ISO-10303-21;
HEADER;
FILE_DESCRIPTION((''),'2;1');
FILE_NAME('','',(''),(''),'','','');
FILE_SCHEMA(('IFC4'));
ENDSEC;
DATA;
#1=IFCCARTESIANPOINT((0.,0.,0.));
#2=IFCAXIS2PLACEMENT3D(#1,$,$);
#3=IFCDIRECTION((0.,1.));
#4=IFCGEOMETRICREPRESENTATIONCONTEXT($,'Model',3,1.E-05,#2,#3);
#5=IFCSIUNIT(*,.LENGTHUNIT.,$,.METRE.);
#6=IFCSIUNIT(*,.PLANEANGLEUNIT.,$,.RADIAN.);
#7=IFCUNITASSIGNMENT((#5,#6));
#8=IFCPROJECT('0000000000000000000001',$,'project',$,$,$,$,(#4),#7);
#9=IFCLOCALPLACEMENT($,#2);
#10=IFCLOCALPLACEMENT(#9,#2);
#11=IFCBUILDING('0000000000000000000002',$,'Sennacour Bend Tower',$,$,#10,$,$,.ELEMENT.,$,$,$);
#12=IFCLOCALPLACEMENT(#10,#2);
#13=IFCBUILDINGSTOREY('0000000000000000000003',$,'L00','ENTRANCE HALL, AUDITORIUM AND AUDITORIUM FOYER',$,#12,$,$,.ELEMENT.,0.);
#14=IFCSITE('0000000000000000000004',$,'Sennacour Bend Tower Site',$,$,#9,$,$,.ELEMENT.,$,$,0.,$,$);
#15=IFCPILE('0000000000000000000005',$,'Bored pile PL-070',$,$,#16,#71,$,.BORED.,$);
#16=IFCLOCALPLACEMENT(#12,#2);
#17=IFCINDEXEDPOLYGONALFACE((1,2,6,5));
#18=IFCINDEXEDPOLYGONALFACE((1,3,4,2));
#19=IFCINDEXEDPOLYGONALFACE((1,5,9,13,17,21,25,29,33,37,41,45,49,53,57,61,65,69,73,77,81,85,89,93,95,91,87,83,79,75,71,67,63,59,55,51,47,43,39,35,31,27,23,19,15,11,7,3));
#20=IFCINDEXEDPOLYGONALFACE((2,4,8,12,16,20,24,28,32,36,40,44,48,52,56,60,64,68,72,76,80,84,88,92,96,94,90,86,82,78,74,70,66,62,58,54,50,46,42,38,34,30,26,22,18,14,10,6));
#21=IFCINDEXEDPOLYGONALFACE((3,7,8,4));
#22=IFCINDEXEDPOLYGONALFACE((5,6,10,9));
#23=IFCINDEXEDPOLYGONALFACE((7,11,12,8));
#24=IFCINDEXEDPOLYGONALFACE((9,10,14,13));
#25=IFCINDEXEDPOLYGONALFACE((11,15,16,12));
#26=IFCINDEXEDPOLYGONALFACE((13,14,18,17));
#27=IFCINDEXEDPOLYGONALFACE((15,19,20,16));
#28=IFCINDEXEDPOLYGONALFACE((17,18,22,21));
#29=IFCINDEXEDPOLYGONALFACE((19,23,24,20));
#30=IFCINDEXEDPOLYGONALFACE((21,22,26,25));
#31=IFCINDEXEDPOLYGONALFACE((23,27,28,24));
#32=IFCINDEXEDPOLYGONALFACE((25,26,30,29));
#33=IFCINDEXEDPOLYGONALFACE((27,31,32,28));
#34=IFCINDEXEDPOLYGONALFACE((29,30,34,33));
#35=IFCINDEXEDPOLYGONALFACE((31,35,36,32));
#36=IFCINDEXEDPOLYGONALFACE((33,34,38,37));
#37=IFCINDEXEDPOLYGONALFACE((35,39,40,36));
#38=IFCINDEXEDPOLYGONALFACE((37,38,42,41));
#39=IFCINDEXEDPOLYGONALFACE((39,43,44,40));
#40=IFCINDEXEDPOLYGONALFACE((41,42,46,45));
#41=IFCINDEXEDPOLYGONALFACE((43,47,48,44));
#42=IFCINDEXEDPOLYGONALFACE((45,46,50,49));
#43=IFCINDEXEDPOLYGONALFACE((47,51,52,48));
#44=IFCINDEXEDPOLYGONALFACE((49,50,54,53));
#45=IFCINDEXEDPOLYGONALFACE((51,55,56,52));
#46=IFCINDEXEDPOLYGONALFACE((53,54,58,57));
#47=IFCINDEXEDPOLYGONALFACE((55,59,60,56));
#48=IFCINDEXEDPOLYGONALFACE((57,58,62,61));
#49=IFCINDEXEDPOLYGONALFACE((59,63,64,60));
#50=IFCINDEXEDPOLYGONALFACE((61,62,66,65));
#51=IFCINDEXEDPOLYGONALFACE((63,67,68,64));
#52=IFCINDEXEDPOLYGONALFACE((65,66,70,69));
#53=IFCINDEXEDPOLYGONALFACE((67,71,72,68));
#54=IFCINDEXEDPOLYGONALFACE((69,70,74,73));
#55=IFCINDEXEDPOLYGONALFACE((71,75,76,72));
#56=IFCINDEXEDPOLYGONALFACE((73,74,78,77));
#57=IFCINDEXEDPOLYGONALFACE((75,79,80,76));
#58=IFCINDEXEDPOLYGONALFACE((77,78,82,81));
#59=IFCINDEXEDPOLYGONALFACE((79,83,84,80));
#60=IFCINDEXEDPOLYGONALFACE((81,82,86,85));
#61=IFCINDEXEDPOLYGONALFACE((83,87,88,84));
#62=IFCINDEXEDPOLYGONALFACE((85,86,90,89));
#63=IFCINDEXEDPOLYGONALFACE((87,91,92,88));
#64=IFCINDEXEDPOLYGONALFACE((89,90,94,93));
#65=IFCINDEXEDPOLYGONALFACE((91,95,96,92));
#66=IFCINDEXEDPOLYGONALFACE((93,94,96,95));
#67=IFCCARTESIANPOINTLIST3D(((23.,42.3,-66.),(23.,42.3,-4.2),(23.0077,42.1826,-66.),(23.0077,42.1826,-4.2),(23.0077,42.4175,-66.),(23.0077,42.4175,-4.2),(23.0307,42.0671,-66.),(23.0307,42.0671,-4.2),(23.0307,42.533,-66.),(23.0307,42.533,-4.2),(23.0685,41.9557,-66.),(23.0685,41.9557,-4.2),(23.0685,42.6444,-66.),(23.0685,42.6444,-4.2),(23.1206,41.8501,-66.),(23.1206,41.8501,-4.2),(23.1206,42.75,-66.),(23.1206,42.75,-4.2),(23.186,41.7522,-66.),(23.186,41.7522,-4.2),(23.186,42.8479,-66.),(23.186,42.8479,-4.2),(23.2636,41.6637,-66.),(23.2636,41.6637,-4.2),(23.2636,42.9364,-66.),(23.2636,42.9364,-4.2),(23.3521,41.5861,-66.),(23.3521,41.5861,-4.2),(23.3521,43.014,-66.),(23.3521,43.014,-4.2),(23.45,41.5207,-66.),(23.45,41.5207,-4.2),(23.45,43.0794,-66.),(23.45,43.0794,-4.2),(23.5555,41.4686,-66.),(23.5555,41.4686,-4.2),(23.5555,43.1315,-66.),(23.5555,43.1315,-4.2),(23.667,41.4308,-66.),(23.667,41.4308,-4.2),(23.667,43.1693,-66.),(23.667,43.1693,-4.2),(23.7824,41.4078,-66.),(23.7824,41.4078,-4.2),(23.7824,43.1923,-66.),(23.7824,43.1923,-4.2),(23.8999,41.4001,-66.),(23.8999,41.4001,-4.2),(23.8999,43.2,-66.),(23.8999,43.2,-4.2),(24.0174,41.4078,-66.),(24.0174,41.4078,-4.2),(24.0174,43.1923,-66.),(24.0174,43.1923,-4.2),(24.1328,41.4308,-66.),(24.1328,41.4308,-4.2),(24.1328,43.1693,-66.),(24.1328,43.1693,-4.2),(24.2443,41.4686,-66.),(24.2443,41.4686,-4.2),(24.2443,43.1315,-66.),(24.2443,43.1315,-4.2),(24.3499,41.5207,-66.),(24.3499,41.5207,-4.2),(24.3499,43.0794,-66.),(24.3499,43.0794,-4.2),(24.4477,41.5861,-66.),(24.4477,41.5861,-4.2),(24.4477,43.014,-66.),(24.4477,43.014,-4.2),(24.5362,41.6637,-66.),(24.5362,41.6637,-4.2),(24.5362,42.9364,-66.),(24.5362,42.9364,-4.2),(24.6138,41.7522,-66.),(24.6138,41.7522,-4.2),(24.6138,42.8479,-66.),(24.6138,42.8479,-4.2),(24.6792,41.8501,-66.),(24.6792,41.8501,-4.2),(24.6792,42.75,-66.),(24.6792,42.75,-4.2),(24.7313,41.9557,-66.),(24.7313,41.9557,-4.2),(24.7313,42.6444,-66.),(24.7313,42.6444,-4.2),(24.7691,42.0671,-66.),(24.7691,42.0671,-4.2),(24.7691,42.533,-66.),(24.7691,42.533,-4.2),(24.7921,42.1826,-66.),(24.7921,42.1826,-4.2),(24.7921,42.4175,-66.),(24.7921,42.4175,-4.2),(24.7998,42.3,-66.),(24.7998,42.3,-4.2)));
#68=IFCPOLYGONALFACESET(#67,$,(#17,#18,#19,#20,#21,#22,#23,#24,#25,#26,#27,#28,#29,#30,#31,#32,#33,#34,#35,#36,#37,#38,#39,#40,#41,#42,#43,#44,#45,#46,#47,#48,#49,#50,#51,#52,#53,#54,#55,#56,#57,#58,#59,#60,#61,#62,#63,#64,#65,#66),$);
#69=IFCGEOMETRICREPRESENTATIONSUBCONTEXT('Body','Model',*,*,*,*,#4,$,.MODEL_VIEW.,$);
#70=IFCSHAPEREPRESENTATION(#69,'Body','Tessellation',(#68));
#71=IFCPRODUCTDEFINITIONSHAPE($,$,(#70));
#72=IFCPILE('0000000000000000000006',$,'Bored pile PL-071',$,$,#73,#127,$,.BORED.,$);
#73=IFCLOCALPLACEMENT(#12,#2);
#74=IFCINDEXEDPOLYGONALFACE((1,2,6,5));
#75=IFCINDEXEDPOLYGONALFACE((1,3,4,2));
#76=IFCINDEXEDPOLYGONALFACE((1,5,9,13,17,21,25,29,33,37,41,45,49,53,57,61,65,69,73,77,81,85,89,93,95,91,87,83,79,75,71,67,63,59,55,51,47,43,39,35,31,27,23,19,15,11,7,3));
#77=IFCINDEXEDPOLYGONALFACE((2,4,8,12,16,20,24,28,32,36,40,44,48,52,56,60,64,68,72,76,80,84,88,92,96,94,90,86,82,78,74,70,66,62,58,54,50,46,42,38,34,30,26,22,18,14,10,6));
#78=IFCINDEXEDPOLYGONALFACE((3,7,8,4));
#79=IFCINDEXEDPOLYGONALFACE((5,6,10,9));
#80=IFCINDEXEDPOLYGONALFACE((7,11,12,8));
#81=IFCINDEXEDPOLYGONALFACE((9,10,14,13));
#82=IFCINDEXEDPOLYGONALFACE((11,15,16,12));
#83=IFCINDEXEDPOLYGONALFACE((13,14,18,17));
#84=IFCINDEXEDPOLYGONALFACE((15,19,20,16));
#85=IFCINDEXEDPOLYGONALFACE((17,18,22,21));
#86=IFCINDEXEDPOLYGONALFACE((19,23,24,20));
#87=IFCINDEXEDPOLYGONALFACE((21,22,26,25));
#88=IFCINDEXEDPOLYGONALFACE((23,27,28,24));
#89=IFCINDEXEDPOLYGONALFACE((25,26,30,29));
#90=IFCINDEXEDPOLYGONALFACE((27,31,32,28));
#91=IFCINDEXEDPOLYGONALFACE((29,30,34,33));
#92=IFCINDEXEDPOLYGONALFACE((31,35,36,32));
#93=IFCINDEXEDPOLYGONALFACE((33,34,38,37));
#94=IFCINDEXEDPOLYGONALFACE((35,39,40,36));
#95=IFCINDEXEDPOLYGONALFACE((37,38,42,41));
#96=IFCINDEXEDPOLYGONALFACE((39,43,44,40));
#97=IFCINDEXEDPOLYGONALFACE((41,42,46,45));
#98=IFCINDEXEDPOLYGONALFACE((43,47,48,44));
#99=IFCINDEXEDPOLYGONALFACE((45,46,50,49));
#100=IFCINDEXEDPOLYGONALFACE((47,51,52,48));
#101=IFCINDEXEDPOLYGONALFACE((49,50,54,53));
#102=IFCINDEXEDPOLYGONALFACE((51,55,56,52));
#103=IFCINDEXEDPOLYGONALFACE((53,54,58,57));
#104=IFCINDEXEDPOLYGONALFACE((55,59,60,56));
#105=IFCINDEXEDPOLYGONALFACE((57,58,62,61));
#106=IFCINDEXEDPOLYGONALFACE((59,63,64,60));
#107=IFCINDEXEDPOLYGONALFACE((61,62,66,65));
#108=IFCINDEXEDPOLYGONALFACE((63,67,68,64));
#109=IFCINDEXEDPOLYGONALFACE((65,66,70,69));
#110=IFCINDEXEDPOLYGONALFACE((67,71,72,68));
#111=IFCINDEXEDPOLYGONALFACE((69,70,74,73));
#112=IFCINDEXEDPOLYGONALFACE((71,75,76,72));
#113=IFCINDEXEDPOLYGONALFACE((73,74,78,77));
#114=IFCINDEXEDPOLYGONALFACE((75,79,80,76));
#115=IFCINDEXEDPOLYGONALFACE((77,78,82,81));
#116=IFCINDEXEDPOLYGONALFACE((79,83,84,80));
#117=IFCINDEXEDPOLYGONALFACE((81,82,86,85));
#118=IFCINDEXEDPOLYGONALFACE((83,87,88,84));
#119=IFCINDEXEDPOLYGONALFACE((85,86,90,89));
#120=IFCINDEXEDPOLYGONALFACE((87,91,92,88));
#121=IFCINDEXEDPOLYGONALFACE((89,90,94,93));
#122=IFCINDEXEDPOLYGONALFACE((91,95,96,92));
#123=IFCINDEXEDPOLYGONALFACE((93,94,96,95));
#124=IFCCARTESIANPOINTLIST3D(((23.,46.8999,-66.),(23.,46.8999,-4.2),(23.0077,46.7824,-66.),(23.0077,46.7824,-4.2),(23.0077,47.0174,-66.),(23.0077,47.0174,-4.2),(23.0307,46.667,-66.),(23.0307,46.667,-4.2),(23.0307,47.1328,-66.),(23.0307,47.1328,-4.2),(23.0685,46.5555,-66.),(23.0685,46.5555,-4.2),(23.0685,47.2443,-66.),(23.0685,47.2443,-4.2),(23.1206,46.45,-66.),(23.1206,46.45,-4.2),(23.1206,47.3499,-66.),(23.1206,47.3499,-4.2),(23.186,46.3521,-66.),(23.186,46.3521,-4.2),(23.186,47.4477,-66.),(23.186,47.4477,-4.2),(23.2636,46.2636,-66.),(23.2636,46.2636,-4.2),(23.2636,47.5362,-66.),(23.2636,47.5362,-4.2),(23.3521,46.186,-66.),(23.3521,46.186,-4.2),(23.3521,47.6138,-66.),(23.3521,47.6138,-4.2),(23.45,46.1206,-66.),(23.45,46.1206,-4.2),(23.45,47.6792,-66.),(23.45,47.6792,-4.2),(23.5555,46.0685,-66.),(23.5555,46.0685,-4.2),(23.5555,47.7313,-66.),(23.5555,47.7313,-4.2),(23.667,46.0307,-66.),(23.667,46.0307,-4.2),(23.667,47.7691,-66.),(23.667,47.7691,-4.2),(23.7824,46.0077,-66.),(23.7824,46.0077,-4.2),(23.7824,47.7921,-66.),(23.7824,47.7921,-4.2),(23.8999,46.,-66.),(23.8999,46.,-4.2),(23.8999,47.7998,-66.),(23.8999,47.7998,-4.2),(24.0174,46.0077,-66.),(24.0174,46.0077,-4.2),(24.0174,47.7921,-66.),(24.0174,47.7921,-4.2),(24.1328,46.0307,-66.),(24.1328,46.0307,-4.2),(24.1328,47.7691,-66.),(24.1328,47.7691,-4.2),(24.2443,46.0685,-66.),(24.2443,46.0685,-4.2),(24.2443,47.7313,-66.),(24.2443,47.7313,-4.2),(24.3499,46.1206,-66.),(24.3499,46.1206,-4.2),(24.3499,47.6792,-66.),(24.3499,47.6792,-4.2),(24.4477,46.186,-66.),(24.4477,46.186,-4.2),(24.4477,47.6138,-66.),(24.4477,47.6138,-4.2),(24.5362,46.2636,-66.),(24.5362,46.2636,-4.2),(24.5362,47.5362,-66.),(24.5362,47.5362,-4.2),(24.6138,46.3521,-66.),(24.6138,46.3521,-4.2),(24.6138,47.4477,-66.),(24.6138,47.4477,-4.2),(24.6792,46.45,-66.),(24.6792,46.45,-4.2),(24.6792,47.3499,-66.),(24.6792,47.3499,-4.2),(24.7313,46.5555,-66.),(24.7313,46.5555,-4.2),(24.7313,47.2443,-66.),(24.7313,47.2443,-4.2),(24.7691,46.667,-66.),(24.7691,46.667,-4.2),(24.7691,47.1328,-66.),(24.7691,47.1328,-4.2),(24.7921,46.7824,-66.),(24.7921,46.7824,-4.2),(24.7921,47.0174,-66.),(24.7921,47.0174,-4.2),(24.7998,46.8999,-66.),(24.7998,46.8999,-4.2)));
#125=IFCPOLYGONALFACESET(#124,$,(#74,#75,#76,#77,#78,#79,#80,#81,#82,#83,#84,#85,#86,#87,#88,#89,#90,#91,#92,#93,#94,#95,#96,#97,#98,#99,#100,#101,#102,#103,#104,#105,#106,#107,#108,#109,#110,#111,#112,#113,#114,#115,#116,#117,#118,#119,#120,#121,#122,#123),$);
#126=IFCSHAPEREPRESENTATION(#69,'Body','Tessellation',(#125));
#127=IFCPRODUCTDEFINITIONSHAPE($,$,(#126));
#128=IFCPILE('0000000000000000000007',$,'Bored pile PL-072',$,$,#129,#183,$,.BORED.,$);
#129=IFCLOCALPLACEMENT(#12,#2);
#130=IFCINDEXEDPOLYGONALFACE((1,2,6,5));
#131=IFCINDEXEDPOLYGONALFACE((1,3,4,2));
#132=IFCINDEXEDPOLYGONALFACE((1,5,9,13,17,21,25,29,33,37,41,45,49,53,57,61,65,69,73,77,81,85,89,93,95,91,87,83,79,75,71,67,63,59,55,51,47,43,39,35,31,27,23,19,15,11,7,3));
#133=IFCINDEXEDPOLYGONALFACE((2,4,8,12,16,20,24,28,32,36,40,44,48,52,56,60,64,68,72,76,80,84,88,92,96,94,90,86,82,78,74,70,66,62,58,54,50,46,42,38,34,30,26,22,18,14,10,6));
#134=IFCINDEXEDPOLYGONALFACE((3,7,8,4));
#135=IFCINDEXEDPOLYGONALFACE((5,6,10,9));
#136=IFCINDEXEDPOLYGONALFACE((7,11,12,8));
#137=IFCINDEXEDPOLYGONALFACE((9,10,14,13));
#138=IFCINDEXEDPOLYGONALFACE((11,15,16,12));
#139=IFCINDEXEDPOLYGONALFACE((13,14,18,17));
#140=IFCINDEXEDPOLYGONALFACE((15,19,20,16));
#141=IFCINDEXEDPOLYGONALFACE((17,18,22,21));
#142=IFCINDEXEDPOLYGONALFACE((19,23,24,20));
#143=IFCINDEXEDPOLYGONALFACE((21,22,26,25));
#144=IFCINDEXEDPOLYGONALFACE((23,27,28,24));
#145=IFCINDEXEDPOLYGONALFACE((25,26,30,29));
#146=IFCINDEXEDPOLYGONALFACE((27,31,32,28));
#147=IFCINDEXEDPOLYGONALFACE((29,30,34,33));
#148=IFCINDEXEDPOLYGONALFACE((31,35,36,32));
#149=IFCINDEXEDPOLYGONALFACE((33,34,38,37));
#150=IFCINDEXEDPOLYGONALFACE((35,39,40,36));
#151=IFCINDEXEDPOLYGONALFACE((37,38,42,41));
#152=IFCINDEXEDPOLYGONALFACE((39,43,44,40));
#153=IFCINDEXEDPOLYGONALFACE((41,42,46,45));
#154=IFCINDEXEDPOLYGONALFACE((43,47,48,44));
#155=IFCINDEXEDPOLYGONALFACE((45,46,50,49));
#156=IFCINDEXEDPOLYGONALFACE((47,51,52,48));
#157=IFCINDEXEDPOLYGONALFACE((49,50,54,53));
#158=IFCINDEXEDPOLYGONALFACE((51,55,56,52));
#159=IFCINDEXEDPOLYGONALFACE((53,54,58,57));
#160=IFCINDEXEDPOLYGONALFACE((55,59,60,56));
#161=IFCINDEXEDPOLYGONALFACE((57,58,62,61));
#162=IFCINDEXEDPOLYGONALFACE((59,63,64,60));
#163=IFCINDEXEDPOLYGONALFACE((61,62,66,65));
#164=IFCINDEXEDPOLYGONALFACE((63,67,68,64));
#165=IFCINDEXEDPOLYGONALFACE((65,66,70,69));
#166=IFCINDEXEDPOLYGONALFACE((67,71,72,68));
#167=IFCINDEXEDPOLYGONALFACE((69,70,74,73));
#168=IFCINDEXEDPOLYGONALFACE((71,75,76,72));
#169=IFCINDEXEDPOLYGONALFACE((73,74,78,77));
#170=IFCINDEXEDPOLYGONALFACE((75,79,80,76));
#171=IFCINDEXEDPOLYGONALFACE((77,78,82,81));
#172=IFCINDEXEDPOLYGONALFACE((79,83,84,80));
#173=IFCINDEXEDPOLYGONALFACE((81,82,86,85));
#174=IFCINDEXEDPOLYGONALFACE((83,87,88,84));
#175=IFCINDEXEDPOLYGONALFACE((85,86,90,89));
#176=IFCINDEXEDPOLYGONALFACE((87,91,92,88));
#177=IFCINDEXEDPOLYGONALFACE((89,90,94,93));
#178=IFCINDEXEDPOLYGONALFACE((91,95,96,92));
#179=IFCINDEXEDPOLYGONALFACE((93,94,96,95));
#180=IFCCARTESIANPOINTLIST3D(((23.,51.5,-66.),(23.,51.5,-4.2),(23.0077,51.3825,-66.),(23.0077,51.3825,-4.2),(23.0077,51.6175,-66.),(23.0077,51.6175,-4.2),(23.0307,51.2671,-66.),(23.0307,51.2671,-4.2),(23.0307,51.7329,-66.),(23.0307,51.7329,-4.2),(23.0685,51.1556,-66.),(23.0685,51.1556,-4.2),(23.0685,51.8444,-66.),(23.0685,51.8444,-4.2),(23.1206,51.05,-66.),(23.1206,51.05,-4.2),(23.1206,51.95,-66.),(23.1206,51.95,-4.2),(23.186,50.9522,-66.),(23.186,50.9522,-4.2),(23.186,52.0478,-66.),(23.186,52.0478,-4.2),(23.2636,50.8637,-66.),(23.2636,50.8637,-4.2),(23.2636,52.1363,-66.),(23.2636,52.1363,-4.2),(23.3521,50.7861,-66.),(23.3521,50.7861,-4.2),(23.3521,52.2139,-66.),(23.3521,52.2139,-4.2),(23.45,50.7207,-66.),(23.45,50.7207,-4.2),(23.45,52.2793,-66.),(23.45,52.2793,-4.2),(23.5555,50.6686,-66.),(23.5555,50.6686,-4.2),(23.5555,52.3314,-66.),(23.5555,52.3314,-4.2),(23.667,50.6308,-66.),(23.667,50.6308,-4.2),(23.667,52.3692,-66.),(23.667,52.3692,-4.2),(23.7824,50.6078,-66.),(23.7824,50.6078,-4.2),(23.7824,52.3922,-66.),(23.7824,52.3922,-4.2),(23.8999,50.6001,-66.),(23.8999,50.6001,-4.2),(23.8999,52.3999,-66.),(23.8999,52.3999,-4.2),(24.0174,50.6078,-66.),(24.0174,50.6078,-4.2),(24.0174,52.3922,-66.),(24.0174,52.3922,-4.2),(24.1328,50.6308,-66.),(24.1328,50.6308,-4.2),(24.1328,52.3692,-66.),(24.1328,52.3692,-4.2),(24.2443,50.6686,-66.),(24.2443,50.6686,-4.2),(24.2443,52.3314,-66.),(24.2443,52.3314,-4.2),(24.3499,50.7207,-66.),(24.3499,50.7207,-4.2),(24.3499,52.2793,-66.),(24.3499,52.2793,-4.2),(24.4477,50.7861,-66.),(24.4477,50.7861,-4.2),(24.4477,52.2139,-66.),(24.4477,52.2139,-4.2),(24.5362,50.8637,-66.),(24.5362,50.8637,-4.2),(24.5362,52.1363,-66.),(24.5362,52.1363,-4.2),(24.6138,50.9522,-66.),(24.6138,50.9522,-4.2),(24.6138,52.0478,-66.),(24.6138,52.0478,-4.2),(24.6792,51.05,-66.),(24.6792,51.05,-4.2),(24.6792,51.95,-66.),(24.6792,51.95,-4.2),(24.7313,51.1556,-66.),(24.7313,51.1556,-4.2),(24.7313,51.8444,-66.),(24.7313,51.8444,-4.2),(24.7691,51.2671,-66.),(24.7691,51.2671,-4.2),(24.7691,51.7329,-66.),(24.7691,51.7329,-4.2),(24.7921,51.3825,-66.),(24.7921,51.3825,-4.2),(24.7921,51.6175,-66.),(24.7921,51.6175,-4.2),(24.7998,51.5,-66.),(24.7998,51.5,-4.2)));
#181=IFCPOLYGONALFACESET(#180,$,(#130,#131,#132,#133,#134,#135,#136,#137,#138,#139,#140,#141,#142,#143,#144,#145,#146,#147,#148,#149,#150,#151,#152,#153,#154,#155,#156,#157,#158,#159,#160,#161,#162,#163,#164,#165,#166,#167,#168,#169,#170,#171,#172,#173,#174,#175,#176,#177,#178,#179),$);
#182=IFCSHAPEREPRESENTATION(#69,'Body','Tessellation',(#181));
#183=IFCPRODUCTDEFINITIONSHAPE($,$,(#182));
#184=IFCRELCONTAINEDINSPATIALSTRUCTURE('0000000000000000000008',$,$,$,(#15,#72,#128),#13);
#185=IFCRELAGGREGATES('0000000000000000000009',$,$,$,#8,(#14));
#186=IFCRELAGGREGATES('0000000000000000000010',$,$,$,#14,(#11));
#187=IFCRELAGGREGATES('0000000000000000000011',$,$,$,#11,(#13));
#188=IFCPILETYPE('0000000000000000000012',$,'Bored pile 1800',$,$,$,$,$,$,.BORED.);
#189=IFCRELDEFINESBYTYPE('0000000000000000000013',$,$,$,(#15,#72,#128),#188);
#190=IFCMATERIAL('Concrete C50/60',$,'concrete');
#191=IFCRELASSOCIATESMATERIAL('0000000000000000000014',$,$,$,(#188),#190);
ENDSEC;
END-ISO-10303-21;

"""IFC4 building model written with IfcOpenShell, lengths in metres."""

from ifc_helpers import new_model, si_unit, direction, frame, origin, origin_2d, place, context, subcontext, project, spatial, circle, extrude, material, material_profile, profile_set, type_object, element, save


model = new_model("IFC4")

# Units and contexts
model_context = context("Model", 3, precision=1e-05, world=origin(), true_north=direction((0.0, 1.0)))
body_context = subcontext(model_context, "Body", "Model", "MODEL_VIEW")
ifc_project = project(units=[si_unit("LENGTHUNIT", "METRE"), si_unit("PLANEANGLEUNIT", "RADIAN")], contexts=[model_context])

# Site, building, storey
site_placement = place(None, origin())
site = spatial("IfcSite", under=ifc_project, at=site_placement, Name="Sennacour Bend Tower Site", CompositionType="ELEMENT", RefElevation=0.0)
building_placement = place(site_placement, origin())
building = spatial("IfcBuilding", under=site, at=building_placement, Name="Sennacour Bend Tower", CompositionType="ELEMENT")
storey_placement = place(building_placement, origin())
storey = spatial("IfcBuildingStorey", under=building, at=storey_placement, Name="L00", Description="ENTRANCE HALL, AUDITORIUM AND AUDITORIUM FOYER", CompositionType="ELEMENT", Elevation=0.0)

# Piles
ifc_material_1 = material(Name="Concrete C50/60", Category="concrete")
ifc_material_profile_1 = material_profile(ifc_material_1, circle(Radius=0.8999, at=origin_2d()), Name="Concrete C50/60", Category="concrete")
ifc_profile_set_1 = profile_set([ifc_material_profile_1], Name="Concrete C50/60")
pile_type = type_object("IfcPileType", Name="Bored pile 1800", PredefinedType="BORED", material=ifc_profile_set_1)
for number, where, z_axis, x_axis, name in (
    (1, (23.8999, 42.3, -4.2), (0.0, 0.0, -1.0), (1.0, 0.0, 0.0), "Bored pile PL-070"),
    (2, (23.8999, 46.8999, -4.2), (0.0, 0.0, -1.0), (1.0, 0.0, 0.0), "Bored pile PL-071"),
    (3, (23.8999, 51.5, -4.2), (0.0, 0.0, -1.0), (1.0, 0.0, 0.0), "Bored pile PL-072"),
):
    element("IfcPile", number, at=place(storey_placement, frame(where, z_axis=z_axis, x_axis=x_axis)), inside=storey, type_object=pile_type, Name=name, PredefinedType="BORED", context=body_context, shape_type="SweptSolid", body=[
        extrude(circle(Radius=0.8999, at=origin_2d()), origin(), (0.0, 0.0, 1.0), 61.8),
    ])

save(model, "model.ifc")
